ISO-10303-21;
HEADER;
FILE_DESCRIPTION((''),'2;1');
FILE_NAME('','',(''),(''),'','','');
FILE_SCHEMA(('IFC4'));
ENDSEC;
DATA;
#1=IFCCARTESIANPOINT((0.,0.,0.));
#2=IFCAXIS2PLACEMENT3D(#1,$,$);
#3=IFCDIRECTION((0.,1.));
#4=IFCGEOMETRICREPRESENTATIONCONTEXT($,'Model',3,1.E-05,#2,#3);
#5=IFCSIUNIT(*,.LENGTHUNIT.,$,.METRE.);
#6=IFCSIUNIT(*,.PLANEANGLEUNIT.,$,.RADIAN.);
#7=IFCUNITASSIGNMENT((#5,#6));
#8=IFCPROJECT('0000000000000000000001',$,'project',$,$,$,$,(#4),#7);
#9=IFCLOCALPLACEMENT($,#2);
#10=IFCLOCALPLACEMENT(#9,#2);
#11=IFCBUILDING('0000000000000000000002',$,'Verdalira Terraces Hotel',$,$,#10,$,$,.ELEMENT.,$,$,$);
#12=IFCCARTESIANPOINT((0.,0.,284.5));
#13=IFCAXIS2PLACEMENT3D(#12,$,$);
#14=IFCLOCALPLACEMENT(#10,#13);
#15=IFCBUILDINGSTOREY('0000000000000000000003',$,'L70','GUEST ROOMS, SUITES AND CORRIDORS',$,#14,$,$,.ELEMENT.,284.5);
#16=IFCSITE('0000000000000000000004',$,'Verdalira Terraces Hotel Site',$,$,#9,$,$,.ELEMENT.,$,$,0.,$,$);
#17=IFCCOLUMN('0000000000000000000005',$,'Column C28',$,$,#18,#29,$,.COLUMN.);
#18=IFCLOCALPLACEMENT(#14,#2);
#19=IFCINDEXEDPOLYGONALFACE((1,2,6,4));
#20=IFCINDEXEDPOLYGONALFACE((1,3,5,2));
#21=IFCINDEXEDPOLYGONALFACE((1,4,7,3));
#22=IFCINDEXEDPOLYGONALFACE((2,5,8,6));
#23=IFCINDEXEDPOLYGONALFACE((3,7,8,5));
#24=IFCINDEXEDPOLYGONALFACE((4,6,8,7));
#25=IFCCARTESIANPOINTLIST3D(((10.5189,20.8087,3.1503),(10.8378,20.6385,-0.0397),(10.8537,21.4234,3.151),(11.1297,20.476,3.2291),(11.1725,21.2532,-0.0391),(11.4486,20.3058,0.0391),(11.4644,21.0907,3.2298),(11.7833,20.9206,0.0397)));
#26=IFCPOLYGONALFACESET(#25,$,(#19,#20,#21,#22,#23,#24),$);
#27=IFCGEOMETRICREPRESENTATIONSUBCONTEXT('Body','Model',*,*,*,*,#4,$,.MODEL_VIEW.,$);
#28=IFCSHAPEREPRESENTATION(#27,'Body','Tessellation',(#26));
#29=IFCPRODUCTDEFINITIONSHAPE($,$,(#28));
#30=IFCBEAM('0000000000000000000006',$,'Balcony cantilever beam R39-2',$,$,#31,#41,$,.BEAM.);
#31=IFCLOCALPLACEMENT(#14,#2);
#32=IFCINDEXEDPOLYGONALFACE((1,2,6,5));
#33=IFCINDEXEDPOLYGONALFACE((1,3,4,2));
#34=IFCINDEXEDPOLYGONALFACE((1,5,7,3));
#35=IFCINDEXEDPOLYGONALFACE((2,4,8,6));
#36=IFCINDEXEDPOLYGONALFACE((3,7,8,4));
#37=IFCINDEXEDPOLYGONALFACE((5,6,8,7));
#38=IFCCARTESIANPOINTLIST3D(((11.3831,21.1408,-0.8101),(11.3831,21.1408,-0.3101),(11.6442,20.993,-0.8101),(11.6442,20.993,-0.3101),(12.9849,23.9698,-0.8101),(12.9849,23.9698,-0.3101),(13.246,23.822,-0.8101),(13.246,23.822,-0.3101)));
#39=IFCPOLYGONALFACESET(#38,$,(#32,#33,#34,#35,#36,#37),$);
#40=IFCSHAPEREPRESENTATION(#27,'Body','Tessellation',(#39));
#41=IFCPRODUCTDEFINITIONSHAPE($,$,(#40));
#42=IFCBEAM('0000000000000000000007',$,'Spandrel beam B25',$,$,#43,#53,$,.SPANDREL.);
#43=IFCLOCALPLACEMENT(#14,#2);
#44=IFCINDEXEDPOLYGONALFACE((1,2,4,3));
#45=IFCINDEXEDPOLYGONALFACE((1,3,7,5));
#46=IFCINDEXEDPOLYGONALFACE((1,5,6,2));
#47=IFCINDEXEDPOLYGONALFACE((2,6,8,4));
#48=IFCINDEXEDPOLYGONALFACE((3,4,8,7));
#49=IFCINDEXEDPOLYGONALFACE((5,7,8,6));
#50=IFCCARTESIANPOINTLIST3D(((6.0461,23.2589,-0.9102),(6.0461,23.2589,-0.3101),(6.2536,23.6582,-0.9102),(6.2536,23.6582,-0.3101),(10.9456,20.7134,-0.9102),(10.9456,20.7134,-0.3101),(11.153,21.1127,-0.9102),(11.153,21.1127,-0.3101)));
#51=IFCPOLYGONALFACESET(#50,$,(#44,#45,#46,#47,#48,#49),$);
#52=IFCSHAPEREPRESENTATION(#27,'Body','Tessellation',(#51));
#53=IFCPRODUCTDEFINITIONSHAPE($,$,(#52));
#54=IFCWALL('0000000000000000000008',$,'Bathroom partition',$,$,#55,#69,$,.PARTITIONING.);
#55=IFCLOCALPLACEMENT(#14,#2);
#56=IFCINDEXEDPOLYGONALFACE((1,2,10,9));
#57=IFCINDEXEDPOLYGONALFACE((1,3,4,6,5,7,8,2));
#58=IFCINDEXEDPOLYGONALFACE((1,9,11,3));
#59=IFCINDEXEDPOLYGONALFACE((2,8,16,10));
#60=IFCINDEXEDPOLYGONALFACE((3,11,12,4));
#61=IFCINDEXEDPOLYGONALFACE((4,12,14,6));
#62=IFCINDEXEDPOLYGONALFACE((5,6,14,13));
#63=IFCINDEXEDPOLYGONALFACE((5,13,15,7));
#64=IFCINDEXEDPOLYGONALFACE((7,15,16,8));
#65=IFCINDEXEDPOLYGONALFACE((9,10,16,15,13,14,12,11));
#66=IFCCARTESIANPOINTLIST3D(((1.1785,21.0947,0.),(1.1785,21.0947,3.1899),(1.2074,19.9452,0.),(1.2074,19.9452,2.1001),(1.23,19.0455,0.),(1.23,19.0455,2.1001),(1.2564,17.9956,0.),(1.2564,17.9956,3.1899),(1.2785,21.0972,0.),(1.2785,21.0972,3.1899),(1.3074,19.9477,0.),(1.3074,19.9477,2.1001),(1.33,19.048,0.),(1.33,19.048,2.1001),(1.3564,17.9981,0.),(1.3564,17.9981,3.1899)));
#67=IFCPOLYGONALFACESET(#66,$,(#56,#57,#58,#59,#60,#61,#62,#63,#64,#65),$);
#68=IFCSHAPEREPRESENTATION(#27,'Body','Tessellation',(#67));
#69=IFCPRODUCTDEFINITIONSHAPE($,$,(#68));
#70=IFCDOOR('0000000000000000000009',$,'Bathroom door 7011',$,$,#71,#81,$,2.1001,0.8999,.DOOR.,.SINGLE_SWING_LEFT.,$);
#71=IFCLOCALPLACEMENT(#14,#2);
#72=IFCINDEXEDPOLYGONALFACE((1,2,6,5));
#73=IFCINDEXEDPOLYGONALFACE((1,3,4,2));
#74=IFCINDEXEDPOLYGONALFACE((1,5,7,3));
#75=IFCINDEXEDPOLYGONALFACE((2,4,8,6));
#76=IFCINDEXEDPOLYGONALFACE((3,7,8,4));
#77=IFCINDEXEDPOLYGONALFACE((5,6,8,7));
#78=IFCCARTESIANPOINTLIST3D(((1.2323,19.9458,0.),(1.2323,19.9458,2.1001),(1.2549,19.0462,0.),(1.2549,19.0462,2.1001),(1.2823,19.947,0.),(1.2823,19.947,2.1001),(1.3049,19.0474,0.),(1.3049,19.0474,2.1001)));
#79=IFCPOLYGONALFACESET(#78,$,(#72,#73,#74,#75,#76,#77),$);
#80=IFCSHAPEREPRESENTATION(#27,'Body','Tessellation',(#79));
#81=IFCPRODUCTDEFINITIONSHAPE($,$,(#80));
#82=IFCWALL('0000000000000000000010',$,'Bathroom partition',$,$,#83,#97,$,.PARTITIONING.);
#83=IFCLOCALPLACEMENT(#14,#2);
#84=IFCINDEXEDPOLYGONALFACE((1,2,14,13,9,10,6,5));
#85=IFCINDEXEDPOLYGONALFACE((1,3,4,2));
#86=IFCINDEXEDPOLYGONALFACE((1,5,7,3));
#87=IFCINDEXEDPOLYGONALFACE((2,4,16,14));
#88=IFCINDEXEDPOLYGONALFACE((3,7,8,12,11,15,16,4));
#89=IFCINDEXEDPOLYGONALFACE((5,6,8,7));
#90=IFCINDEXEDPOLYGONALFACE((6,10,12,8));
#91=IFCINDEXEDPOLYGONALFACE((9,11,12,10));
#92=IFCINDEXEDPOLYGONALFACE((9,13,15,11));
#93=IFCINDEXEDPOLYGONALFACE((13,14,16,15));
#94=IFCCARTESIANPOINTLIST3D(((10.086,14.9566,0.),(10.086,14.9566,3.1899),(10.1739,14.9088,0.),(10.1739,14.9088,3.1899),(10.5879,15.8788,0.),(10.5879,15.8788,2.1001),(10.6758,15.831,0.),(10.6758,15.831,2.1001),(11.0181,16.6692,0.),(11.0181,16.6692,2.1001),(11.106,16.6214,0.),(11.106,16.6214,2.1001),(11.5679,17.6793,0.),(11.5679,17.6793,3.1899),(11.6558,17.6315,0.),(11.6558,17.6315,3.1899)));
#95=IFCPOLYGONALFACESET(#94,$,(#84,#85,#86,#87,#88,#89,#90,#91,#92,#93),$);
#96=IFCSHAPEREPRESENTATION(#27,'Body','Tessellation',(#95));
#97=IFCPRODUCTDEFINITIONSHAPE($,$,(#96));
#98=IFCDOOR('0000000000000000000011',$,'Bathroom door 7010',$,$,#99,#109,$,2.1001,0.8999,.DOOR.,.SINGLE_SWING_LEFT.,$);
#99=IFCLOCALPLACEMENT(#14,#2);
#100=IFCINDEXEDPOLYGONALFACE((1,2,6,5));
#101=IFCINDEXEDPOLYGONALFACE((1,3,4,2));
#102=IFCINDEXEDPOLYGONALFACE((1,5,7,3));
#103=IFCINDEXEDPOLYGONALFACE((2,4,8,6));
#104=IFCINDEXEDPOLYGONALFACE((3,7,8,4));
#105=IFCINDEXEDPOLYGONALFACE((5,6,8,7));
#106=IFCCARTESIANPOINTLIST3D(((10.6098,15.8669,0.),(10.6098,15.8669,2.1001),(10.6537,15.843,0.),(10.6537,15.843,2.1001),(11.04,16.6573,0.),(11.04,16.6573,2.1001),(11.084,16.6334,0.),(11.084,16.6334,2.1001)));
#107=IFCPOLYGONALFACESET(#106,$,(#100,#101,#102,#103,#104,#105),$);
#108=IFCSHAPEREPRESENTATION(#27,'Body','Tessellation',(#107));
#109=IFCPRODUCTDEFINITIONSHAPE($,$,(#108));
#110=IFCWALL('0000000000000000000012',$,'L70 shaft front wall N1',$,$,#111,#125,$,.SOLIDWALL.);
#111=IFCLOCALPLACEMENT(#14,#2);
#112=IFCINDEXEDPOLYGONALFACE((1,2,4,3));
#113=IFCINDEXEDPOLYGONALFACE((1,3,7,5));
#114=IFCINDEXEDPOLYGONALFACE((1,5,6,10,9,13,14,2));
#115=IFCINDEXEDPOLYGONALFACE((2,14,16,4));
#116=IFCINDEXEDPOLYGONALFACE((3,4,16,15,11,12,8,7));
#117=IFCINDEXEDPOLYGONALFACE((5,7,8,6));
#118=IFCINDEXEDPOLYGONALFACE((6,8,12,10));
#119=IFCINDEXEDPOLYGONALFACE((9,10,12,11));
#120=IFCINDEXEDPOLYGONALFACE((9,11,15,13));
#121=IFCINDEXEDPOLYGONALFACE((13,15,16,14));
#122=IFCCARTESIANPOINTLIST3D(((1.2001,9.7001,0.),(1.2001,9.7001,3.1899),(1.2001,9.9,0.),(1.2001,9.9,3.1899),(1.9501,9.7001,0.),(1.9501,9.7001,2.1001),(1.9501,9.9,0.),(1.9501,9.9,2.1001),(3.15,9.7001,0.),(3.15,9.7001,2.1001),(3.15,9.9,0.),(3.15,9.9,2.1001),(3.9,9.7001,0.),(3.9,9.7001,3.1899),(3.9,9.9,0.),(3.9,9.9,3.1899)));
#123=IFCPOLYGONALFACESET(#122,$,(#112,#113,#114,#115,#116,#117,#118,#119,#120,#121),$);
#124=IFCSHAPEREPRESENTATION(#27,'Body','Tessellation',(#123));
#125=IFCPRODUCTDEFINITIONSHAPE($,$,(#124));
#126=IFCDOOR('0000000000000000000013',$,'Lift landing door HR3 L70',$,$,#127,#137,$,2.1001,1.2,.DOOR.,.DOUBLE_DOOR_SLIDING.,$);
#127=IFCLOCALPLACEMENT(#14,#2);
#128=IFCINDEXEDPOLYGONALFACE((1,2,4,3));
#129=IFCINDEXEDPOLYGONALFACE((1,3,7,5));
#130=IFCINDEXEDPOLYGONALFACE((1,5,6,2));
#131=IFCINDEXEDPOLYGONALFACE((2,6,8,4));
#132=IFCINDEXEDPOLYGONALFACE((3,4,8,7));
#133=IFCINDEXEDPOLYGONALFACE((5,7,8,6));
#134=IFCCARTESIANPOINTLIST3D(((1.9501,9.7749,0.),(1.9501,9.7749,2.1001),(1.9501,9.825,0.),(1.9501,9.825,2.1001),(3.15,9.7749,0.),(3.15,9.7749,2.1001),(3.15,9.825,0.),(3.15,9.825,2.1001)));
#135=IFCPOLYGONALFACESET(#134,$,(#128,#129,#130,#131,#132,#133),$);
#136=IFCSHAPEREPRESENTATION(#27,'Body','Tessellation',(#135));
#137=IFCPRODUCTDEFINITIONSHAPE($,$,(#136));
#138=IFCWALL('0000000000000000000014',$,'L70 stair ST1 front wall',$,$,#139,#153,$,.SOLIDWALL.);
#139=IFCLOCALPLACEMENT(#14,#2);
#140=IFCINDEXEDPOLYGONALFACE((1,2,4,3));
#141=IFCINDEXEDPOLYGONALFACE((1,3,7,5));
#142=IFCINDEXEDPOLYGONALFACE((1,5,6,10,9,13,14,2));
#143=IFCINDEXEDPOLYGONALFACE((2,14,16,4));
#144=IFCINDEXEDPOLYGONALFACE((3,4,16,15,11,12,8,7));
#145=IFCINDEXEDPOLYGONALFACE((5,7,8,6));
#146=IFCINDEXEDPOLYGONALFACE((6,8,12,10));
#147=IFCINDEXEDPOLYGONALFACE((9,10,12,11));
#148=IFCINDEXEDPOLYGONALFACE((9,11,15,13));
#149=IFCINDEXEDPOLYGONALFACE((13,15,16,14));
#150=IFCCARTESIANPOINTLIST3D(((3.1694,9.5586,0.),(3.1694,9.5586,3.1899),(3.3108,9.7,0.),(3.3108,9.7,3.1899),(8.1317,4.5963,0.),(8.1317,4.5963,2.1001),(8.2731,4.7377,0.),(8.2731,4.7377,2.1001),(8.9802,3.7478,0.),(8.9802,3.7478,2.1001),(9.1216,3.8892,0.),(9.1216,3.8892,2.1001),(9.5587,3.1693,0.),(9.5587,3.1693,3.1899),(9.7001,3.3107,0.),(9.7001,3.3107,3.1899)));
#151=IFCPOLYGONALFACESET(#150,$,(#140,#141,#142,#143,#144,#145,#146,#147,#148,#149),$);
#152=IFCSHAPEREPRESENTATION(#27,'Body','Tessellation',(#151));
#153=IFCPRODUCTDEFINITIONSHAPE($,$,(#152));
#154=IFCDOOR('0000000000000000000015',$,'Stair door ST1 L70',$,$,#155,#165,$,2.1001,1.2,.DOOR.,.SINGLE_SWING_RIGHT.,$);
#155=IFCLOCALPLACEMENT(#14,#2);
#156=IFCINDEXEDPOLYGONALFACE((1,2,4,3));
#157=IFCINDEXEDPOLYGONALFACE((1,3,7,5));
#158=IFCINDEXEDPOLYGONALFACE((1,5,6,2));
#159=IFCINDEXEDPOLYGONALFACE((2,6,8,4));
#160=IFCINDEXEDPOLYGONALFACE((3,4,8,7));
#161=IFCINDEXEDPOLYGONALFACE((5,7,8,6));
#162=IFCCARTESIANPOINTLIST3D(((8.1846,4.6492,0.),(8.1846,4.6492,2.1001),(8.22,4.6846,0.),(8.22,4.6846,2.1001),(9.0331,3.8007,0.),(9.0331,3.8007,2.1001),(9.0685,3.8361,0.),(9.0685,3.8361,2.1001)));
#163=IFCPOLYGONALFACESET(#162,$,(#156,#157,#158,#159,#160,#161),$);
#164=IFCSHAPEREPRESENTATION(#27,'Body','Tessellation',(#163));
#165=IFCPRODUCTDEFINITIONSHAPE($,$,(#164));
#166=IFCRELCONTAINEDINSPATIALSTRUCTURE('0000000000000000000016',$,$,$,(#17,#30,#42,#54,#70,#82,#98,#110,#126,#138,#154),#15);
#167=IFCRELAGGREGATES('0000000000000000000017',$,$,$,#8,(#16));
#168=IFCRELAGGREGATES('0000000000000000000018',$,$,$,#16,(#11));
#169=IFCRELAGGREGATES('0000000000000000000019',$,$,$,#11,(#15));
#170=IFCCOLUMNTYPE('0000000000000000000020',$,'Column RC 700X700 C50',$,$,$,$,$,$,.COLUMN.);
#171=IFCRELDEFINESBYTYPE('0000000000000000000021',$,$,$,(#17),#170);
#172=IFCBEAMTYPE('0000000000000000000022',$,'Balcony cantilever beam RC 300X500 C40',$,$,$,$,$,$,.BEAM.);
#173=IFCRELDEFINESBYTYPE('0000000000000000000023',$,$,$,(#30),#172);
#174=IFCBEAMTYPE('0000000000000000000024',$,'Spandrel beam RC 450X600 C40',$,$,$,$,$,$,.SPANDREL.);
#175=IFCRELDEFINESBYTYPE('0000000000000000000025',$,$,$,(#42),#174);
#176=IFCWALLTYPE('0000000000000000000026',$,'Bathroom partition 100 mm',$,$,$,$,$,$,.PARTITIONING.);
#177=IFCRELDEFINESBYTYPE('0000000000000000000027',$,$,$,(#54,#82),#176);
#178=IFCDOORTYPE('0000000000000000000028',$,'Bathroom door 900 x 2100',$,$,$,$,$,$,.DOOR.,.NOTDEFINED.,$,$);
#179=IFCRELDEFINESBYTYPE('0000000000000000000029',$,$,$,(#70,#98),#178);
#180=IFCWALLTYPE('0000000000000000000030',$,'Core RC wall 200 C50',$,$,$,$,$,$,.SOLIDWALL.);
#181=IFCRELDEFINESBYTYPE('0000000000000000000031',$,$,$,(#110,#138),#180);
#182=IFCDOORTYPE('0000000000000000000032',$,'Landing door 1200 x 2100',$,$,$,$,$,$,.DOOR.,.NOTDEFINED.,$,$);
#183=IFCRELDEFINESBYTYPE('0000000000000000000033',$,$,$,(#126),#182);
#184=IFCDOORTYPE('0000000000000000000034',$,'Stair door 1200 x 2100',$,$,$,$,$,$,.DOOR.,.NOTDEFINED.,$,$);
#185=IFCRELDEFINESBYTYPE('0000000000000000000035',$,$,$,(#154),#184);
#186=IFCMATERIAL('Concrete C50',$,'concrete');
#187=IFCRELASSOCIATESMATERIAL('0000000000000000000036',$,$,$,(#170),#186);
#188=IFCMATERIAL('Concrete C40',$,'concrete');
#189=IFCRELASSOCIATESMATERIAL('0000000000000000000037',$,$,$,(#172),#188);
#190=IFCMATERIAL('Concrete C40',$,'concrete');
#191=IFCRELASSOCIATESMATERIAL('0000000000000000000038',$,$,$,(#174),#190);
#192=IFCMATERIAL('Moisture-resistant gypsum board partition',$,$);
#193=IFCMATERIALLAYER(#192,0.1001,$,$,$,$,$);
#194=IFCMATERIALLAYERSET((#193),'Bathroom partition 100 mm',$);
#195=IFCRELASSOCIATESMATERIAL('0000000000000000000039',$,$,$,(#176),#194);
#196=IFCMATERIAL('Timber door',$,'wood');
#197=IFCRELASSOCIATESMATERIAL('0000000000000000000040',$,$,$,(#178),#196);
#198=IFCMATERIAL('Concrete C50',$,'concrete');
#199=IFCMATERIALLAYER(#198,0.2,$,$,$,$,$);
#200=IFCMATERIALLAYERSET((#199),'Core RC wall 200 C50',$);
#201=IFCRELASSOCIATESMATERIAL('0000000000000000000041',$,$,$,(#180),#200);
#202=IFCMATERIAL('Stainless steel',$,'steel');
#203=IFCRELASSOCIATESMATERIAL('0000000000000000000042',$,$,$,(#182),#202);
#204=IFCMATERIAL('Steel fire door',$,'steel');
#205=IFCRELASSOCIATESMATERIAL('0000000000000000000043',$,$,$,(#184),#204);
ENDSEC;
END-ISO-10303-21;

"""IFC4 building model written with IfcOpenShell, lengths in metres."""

from ifc_helpers import new_model, si_unit, direction, frame, frame_2d, origin, origin_2d, place, context, subcontext, project, spatial, rectangle, extrude, material, layer, layer_set, material_profile, profile_set, type_object, element, fill, save


model = new_model("IFC4")

# Units and contexts
model_context = context("Model", 3, precision=1e-05, world=origin(), true_north=direction((0.0, 1.0)))
body_context = subcontext(model_context, "Body", "Model", "MODEL_VIEW")
ifc_project = project(units=[si_unit("LENGTHUNIT", "METRE"), si_unit("PLANEANGLEUNIT", "RADIAN")], contexts=[model_context])

# Site, building, storey
site_placement = place(None, origin())
site = spatial("IfcSite", under=ifc_project, at=site_placement, Name="Verdalira Terraces Hotel Site", CompositionType="ELEMENT", RefElevation=0.0)
building_placement = place(site_placement, origin())
building = spatial("IfcBuilding", under=site, at=building_placement, Name="Verdalira Terraces Hotel", CompositionType="ELEMENT")
storey_placement = place(building_placement, frame((0.0, 0.0, 284.5)))
storey = spatial("IfcBuildingStorey", under=building, at=storey_placement, Name="L70", Description="GUEST ROOMS, SUITES AND CORRIDORS", CompositionType="ELEMENT", Elevation=284.5)

# Column
ifc_material_1 = material(Name="Concrete C50", Category="concrete")
ifc_material_profile_1 = material_profile(ifc_material_1, rectangle(XDim=0.7, YDim=0.7, at=origin_2d()), Name="RC 700X700")
ifc_profile_set_1 = profile_set([ifc_material_profile_1], Name="Concrete C50")
column_type = type_object("IfcColumnType", Name="Column RC 700X700 C50", PredefinedType="COLUMN", material=ifc_profile_set_1)
column_placement = place(storey_placement, frame((11.3105, 20.7795, 0.0), z_axis=(-0.099319, 0.053005, 0.993643), x_axis=(-0.872613, 0.475262, -0.112574)))
element("IfcColumn", 1, at=column_placement, inside=storey, type_object=column_type, Name="Column C28", PredefinedType="COLUMN", context=body_context, shape_type="SweptSolid", body=[
    extrude(rectangle(XDim=0.7, YDim=0.7, at=origin_2d()), origin(), (0.0, 0.0, 1.0), 3.2104),
])

# Beams
ifc_material_2 = material(Name="Concrete C40", Category="concrete")
ifc_material_profile_2 = material_profile(ifc_material_2, rectangle(XDim=0.3, YDim=0.5, at=origin_2d()), Name="RC 300X500")
ifc_profile_set_2 = profile_set([ifc_material_profile_2], Name="Concrete C40")
beam_type_1 = type_object("IfcBeamType", Name="Balcony cantilever beam RC 300X500 C40", PredefinedType="BEAM", material=ifc_profile_set_2)
beam_1_placement = place(storey_placement, frame((11.5137, 21.0669, -0.5601), z_axis=(0.492698, 0.8702, 0.0), x_axis=(-0.8702, 0.492698, 0.0)))
element("IfcBeam", 2, at=beam_1_placement, inside=storey, type_object=beam_type_1, Name="Balcony cantilever beam R39-2", PredefinedType="BEAM", context=body_context, shape_type="SweptSolid", body=[
    extrude(rectangle(XDim=0.3, YDim=0.5, at=origin_2d()), origin(), (0.0, 0.0, 1.0), 3.251),
])
ifc_material_3 = material(Name="Concrete C40", Category="concrete")
ifc_material_profile_3 = material_profile(ifc_material_3, rectangle(XDim=0.45, YDim=0.6001, at=origin_2d()), Name="RC 450X600")
ifc_profile_set_3 = profile_set([ifc_material_profile_3], Name="Concrete C40")
beam_type_2 = type_object("IfcBeamType", Name="Spandrel beam RC 450X600 C40", PredefinedType="SPANDREL", material=ifc_profile_set_3)
beam_2_placement = place(storey_placement, frame((11.0493, 20.9131, -0.6101), z_axis=(-0.887386, 0.461027, 0.0), x_axis=(-0.461027, -0.887386, 0.0)))
element("IfcBeam", 3, at=beam_2_placement, inside=storey, type_object=beam_type_2, Name="Spandrel beam B25", PredefinedType="SPANDREL", context=body_context, shape_type="SweptSolid", body=[
    extrude(rectangle(XDim=0.45, YDim=0.6001, at=origin_2d()), origin(), (0.0, 0.0, 1.0), 5.5212),
])

# Walls, openings, doors
ifc_material_4 = material(Name="Moisture-resistant gypsum board partition")
ifc_layer_1 = layer(ifc_material_4, 0.1001)
ifc_layer_set_1 = layer_set([ifc_layer_1], Name="Bathroom partition 100 mm")
wall_type_1 = type_object("IfcWallType", Name="Bathroom partition 100 mm", PredefinedType="PARTITIONING", material=ifc_layer_set_1)
wall_1_placement = place(storey_placement, frame((1.2285, 21.0959, 0.0), z_axis=(0.0, 0.0, 1.0), x_axis=(0.025122, -0.999684, 0.0)))
wall_1 = element("IfcWall", 4, at=wall_1_placement, inside=storey, type_object=wall_type_1, Name="Bathroom partition", PredefinedType="PARTITIONING", context=body_context, shape_type="SweptSolid", body=[
    extrude(rectangle(XDim=3.1001, YDim=0.1001, at=frame_2d((1.55, 0.0))), origin(), (0.0, 0.0, 1.0), 3.1899),
])
opening_1_placement = place(wall_1_placement, frame((1.1499, 0.0, 0.0)))
opening_1 = element("IfcOpeningElement", 5, at=opening_1_placement, cuts=wall_1, PredefinedType="OPENING", context=body_context, shape_type="SweptSolid", body=[
    extrude(rectangle(XDim=0.8999, YDim=2.1001, at=frame_2d((0.45, 1.05))), frame((0.0, 0.0601, 0.0), z_axis=(0.0, -1.0, 0.0), x_axis=(1.0, 0.0, 0.0)), (0.0, 0.0, 1.0), 0.1201),
])
ifc_material_5 = material(Name="Timber door", Category="wood")
door_type_1 = type_object("IfcDoorType", Name="Bathroom door 900 x 2100", OperationType="NOTDEFINED", PredefinedType="DOOR", material=ifc_material_5)
door_1_placement = place(opening_1_placement, origin())
door_1 = element("IfcDoor", 6, at=door_1_placement, inside=storey, type_object=door_type_1, Name="Bathroom door 7011", OperationType="SINGLE_SWING_LEFT", OverallHeight=2.1001, OverallWidth=0.8999, PredefinedType="DOOR", context=body_context, shape_type="SweptSolid", body=[
    extrude(rectangle(XDim=0.8999, YDim=2.1001, at=frame_2d((0.45, 1.05))), frame((0.0, 0.0249, 0.0), z_axis=(0.0, -1.0, 0.0), x_axis=(1.0, 0.0, 0.0)), (0.0, 0.0, 1.0), 0.05),
])
fill(opening_1, door_1)
wall_2_placement = place(storey_placement, frame((11.6118, 17.6553, 0.0), z_axis=(0.0, 0.0, 1.0), x_axis=(-0.478068, -0.878323, 0.0)))
wall_2 = element("IfcWall", 7, at=wall_2_placement, inside=storey, type_object=wall_type_1, Name="Bathroom partition", PredefinedType="PARTITIONING", context=body_context, shape_type="SweptSolid", body=[
    extrude(rectangle(XDim=3.0999, YDim=0.1001, at=frame_2d((1.5498, 0.0))), origin(), (0.0, 0.0, 1.0), 3.1899),
])
opening_2_placement = place(wall_2_placement, frame((1.1499, 0.0, 0.0)))
opening_2 = element("IfcOpeningElement", 8, at=opening_2_placement, cuts=wall_2, PredefinedType="OPENING", context=body_context, shape_type="SweptSolid", body=[
    extrude(rectangle(XDim=0.8999, YDim=2.1001, at=frame_2d((0.45, 1.05))), frame((0.0, 0.0601, 0.0), z_axis=(0.0, -1.0, 0.0), x_axis=(1.0, 0.0, 0.0)), (0.0, 0.0, 1.0), 0.1201),
])
door_2_placement = place(opening_2_placement, origin())
door_2 = element("IfcDoor", 9, at=door_2_placement, inside=storey, type_object=door_type_1, Name="Bathroom door 7010", OperationType="SINGLE_SWING_LEFT", OverallHeight=2.1001, OverallWidth=0.8999, PredefinedType="DOOR", context=body_context, shape_type="SweptSolid", body=[
    extrude(rectangle(XDim=0.8999, YDim=2.1001, at=frame_2d((0.45, 1.05))), frame((0.0, 0.0249, 0.0), z_axis=(0.0, -1.0, 0.0), x_axis=(1.0, 0.0, 0.0)), (0.0, 0.0, 1.0), 0.05),
])
fill(opening_2, door_2)
ifc_material_6 = material(Name="Concrete C50", Category="concrete")
ifc_layer_2 = layer(ifc_material_6, 0.2)
ifc_layer_set_2 = layer_set([ifc_layer_2], Name="Core RC wall 200 C50")
wall_type_2 = type_object("IfcWallType", Name="Core RC wall 200 C50", PredefinedType="SOLIDWALL", material=ifc_layer_set_2)
wall_3_placement = place(storey_placement, frame((1.2, 9.8, 0.0), z_axis=(0.0, 0.0, 1.0), x_axis=(1.0, 0.0, 0.0)))
wall_3 = element("IfcWall", 10, at=wall_3_placement, inside=storey, type_object=wall_type_2, Name="L70 shaft front wall N1", PredefinedType="SOLIDWALL", context=body_context, shape_type="SweptSolid", body=[
    extrude(rectangle(XDim=2.7, YDim=0.2, at=frame_2d((1.3501, 0.0))), origin(), (0.0, 0.0, 1.0), 3.1899),
])
opening_3_placement = place(wall_3_placement, frame((0.75, 0.0, 0.0)))
opening_3 = element("IfcOpeningElement", 11, at=opening_3_placement, cuts=wall_3, PredefinedType="OPENING", context=body_context, shape_type="SweptSolid", body=[
    extrude(rectangle(XDim=1.2, YDim=2.1001, at=frame_2d((0.6001, 1.05))), frame((0.0, 0.1099, 0.0), z_axis=(0.0, -1.0, 0.0), x_axis=(1.0, 0.0, 0.0)), (0.0, 0.0, 1.0), 0.22),
])
ifc_material_7 = material(Name="Stainless steel", Category="steel")
door_type_2 = type_object("IfcDoorType", Name="Landing door 1200 x 2100", OperationType="NOTDEFINED", PredefinedType="DOOR", material=ifc_material_7)
door_3_placement = place(opening_3_placement, origin())
door_3 = element("IfcDoor", 12, at=door_3_placement, inside=storey, type_object=door_type_2, Name="Lift landing door HR3 L70", OperationType="DOUBLE_DOOR_SLIDING", OverallHeight=2.1001, OverallWidth=1.2, PredefinedType="DOOR", context=body_context, shape_type="SweptSolid", body=[
    extrude(rectangle(XDim=1.2, YDim=2.1001, at=frame_2d((0.6001, 1.05))), frame((0.0, 0.0249, 0.0), z_axis=(0.0, -1.0, 0.0), x_axis=(1.0, 0.0, 0.0)), (0.0, 0.0, 1.0), 0.05),
])
fill(opening_3, door_3)
wall_4_placement = place(storey_placement, frame((3.24, 9.6294, 0.0), z_axis=(0.0, 0.0, 1.0), x_axis=(0.707107, -0.707107, 0.0)))
wall_4 = element("IfcWall", 13, at=wall_4_placement, inside=storey, type_object=wall_type_2, Name="L70 stair ST1 front wall", PredefinedType="SOLIDWALL", context=body_context, shape_type="SweptSolid", body=[
    extrude(rectangle(XDim=9.0359, YDim=0.2, at=frame_2d((4.5181, 0.0))), origin(), (0.0, 0.0, 1.0), 3.1899),
])
opening_4_placement = place(wall_4_placement, frame((7.0178, 0.0, 0.0)))
opening_4 = element("IfcOpeningElement", 14, at=opening_4_placement, cuts=wall_4, PredefinedType="OPENING", context=body_context, shape_type="SweptSolid", body=[
    extrude(rectangle(XDim=1.2, YDim=2.1001, at=frame_2d((0.6001, 1.05))), frame((0.0, 0.1099, 0.0), z_axis=(0.0, -1.0, 0.0), x_axis=(1.0, 0.0, 0.0)), (0.0, 0.0, 1.0), 0.22),
])
ifc_material_8 = material(Name="Steel fire door", Category="steel")
door_type_3 = type_object("IfcDoorType", Name="Stair door 1200 x 2100", OperationType="NOTDEFINED", PredefinedType="DOOR", material=ifc_material_8)
door_4_placement = place(opening_4_placement, origin())
door_4 = element("IfcDoor", 15, at=door_4_placement, inside=storey, type_object=door_type_3, Name="Stair door ST1 L70", OperationType="SINGLE_SWING_RIGHT", OverallHeight=2.1001, OverallWidth=1.2, PredefinedType="DOOR", context=body_context, shape_type="SweptSolid", body=[
    extrude(rectangle(XDim=1.2, YDim=2.1001, at=frame_2d((0.6001, 1.05))), frame((0.0, 0.0249, 0.0), z_axis=(0.0, -1.0, 0.0), x_axis=(1.0, 0.0, 0.0)), (0.0, 0.0, 1.0), 0.05),
])
fill(opening_4, door_4)

save(model, "model.ifc")
